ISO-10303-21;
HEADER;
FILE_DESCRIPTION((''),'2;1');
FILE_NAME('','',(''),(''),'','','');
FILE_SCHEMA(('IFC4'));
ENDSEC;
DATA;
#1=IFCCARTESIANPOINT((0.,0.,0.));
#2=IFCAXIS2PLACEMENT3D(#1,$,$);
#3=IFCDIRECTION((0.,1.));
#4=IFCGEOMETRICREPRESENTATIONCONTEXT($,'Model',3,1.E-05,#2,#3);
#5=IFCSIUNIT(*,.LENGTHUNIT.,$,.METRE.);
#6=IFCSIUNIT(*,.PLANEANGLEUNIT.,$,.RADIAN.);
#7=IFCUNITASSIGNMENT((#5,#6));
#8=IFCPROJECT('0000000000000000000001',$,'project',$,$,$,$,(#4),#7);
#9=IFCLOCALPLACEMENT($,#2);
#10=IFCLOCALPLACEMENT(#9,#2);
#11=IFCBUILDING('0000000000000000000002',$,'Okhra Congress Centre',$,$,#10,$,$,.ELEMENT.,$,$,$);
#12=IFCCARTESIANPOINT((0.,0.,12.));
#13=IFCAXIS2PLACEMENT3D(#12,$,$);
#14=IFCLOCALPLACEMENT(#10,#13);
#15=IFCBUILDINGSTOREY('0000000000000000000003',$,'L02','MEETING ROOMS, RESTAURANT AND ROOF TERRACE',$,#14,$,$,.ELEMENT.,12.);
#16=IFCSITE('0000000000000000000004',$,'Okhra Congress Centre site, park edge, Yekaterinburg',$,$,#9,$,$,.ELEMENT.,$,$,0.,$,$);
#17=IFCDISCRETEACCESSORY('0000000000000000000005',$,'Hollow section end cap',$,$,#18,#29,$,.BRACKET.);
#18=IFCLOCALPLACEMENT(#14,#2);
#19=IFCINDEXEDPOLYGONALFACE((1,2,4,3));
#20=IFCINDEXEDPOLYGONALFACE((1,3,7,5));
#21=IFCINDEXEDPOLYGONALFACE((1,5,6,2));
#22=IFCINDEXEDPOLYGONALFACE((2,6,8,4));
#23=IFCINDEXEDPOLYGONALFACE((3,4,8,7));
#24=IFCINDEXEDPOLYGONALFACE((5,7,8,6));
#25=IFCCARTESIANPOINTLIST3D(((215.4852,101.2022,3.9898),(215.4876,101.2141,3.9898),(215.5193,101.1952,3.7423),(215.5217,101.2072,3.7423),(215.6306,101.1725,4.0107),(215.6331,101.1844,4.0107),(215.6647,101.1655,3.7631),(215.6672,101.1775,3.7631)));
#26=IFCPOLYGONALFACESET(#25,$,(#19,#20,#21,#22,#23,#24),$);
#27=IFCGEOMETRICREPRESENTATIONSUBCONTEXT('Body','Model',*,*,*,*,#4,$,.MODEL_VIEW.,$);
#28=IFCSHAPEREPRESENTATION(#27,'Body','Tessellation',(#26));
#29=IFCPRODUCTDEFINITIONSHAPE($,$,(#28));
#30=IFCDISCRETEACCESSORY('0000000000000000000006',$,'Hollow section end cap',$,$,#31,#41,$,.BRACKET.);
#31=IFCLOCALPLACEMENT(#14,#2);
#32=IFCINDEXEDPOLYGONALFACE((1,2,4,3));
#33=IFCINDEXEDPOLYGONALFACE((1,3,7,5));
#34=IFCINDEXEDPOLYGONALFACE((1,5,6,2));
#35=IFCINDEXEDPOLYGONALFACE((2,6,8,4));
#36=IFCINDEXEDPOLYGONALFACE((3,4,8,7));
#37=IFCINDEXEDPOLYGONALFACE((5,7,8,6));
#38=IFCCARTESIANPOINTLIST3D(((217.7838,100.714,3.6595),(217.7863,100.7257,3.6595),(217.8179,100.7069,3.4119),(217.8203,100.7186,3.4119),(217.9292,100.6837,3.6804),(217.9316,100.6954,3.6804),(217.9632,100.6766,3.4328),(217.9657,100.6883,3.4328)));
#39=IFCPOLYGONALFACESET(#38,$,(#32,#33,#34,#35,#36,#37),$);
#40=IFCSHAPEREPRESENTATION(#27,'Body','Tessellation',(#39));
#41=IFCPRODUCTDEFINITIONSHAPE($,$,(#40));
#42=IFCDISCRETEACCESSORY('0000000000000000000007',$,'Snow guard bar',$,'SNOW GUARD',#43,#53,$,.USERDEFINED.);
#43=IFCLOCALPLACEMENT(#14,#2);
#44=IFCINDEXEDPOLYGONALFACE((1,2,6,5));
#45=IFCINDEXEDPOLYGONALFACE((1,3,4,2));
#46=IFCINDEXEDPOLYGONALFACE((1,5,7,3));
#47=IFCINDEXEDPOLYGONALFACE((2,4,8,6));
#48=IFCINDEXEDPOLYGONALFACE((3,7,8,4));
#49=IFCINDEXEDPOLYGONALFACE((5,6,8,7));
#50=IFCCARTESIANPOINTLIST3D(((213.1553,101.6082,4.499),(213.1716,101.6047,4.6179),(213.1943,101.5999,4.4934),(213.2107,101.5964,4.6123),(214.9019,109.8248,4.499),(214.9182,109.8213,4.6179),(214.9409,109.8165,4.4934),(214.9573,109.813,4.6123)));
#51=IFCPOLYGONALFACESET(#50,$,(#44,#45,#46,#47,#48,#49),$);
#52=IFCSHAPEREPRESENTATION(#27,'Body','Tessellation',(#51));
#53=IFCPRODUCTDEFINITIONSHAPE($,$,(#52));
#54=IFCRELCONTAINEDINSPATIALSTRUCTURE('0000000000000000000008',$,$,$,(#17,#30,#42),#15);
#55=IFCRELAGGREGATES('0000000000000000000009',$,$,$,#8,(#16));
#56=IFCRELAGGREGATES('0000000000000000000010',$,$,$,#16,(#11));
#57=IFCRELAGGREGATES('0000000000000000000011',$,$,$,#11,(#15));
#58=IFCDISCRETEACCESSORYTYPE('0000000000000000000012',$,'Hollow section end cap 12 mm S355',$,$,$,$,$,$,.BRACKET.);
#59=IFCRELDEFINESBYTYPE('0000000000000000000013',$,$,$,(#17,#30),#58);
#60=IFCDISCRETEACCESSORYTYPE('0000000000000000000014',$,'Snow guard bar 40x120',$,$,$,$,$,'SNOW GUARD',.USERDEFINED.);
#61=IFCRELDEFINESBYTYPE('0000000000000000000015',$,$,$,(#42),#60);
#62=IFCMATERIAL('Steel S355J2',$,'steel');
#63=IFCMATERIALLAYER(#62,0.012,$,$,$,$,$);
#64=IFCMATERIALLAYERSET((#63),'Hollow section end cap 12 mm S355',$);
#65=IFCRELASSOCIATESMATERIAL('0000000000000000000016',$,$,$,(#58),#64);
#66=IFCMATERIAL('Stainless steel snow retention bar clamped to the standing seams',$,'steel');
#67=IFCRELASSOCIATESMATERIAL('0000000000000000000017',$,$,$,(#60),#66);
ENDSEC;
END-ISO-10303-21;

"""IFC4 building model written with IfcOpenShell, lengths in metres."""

from ifc_helpers import new_model, si_unit, direction, frame, origin, origin_2d, place, context, subcontext, project, spatial, polyline, rectangle, outline, extrude, material, layer, layer_set, type_object, element, save


model = new_model("IFC4")

# Units and contexts
model_context = context("Model", 3, precision=1e-05, world=origin(), true_north=direction((0.0, 1.0)))
body_context = subcontext(model_context, "Body", "Model", "MODEL_VIEW")
ifc_project = project(units=[si_unit("LENGTHUNIT", "METRE"), si_unit("PLANEANGLEUNIT", "RADIAN")], contexts=[model_context])

# Site, building, storey
site_placement = place(None, origin())
site = spatial("IfcSite", under=ifc_project, at=site_placement, Name="Okhra Congress Centre site, park edge, Yekaterinburg", CompositionType="ELEMENT", RefElevation=0.0)
building_placement = place(site_placement, origin())
building = spatial("IfcBuilding", under=site, at=building_placement, Name="Okhra Congress Centre", CompositionType="ELEMENT")
storey_placement = place(building_placement, frame((0.0, 0.0, 12.0)))
storey = spatial("IfcBuildingStorey", under=building, at=storey_placement, Name="L02", Description="MEETING ROOMS, RESTAURANT AND ROOF TERRACE", CompositionType="ELEMENT", Elevation=12.0)

# Shared definitions
ifc_material_1 = material(Name="Steel S355J2", Category="steel")

# Discrete accessories
ifc_layer_1 = layer(ifc_material_1, 0.012)
ifc_layer_set_1 = layer_set([ifc_layer_1], Name="Hollow section end cap 12 mm S355")
discrete_accessory_type_1 = type_object("IfcDiscreteAccessoryType", Name="Hollow section end cap 12 mm S355", PredefinedType="BRACKET", material=ifc_layer_set_1)
discrete_accessory_1_placement = place(storey_placement, frame((215.5774, 101.1958, 3.8765), z_axis=(-0.19996, -0.979804, 0.0), x_axis=(0.970269, -0.198014, 0.139173)))
element("IfcDiscreteAccessory", 1, at=discrete_accessory_1_placement, inside=storey, type_object=discrete_accessory_type_1, Name="Hollow section end cap", PredefinedType="BRACKET", context=body_context, shape_type="SweptSolid", body=[
    extrude(rectangle(XDim=0.1499, YDim=0.25, at=origin_2d()), origin(), (0.0, 0.0, 1.0), 0.0122),
])
discrete_accessory_2_placement = place(storey_placement, frame((217.876, 100.707, 3.5461), z_axis=(-0.203954, -0.97898, 0.0), x_axis=(0.969453, -0.201969, 0.139173)))
element("IfcDiscreteAccessory", 2, at=discrete_accessory_2_placement, inside=storey, type_object=discrete_accessory_type_1, Name="Hollow section end cap", PredefinedType="BRACKET", context=body_context, shape_type="SweptSolid", body=[
    extrude(rectangle(XDim=0.1499, YDim=0.25, at=origin_2d()), origin(), (0.0, 0.0, 1.0), 0.012),
])
ifc_material_2 = material(Name="Stainless steel snow retention bar clamped to the standing seams", Category="steel")
discrete_accessory_type_2 = type_object("IfcDiscreteAccessoryType", Name="Snow guard bar 40x120", ElementType="SNOW GUARD", PredefinedType="USERDEFINED", material=ifc_material_2)
discrete_accessory_3_placement = place(storey_placement, frame((213.1716, 101.6047, 4.6179), z_axis=(0.136198, -0.028951, 0.990259), x_axis=(0.96863, -0.205834, -0.139241)))
element("IfcDiscreteAccessory", 3, at=discrete_accessory_3_placement, inside=storey, type_object=discrete_accessory_type_2, Name="Snow guard bar", ObjectType="SNOW GUARD", PredefinedType="USERDEFINED", context=body_context, shape_type="SweptSolid", body=[
    extrude(outline(polyline([(0.0, 0.0), (0.0403, 0.0), (0.0409, 8.4001), (0.0005, 8.4001), (0.0, 0.0)])), origin(), (0.0, 0.0, -1.0), 0.1201),
])

save(model, "model.ifc")
